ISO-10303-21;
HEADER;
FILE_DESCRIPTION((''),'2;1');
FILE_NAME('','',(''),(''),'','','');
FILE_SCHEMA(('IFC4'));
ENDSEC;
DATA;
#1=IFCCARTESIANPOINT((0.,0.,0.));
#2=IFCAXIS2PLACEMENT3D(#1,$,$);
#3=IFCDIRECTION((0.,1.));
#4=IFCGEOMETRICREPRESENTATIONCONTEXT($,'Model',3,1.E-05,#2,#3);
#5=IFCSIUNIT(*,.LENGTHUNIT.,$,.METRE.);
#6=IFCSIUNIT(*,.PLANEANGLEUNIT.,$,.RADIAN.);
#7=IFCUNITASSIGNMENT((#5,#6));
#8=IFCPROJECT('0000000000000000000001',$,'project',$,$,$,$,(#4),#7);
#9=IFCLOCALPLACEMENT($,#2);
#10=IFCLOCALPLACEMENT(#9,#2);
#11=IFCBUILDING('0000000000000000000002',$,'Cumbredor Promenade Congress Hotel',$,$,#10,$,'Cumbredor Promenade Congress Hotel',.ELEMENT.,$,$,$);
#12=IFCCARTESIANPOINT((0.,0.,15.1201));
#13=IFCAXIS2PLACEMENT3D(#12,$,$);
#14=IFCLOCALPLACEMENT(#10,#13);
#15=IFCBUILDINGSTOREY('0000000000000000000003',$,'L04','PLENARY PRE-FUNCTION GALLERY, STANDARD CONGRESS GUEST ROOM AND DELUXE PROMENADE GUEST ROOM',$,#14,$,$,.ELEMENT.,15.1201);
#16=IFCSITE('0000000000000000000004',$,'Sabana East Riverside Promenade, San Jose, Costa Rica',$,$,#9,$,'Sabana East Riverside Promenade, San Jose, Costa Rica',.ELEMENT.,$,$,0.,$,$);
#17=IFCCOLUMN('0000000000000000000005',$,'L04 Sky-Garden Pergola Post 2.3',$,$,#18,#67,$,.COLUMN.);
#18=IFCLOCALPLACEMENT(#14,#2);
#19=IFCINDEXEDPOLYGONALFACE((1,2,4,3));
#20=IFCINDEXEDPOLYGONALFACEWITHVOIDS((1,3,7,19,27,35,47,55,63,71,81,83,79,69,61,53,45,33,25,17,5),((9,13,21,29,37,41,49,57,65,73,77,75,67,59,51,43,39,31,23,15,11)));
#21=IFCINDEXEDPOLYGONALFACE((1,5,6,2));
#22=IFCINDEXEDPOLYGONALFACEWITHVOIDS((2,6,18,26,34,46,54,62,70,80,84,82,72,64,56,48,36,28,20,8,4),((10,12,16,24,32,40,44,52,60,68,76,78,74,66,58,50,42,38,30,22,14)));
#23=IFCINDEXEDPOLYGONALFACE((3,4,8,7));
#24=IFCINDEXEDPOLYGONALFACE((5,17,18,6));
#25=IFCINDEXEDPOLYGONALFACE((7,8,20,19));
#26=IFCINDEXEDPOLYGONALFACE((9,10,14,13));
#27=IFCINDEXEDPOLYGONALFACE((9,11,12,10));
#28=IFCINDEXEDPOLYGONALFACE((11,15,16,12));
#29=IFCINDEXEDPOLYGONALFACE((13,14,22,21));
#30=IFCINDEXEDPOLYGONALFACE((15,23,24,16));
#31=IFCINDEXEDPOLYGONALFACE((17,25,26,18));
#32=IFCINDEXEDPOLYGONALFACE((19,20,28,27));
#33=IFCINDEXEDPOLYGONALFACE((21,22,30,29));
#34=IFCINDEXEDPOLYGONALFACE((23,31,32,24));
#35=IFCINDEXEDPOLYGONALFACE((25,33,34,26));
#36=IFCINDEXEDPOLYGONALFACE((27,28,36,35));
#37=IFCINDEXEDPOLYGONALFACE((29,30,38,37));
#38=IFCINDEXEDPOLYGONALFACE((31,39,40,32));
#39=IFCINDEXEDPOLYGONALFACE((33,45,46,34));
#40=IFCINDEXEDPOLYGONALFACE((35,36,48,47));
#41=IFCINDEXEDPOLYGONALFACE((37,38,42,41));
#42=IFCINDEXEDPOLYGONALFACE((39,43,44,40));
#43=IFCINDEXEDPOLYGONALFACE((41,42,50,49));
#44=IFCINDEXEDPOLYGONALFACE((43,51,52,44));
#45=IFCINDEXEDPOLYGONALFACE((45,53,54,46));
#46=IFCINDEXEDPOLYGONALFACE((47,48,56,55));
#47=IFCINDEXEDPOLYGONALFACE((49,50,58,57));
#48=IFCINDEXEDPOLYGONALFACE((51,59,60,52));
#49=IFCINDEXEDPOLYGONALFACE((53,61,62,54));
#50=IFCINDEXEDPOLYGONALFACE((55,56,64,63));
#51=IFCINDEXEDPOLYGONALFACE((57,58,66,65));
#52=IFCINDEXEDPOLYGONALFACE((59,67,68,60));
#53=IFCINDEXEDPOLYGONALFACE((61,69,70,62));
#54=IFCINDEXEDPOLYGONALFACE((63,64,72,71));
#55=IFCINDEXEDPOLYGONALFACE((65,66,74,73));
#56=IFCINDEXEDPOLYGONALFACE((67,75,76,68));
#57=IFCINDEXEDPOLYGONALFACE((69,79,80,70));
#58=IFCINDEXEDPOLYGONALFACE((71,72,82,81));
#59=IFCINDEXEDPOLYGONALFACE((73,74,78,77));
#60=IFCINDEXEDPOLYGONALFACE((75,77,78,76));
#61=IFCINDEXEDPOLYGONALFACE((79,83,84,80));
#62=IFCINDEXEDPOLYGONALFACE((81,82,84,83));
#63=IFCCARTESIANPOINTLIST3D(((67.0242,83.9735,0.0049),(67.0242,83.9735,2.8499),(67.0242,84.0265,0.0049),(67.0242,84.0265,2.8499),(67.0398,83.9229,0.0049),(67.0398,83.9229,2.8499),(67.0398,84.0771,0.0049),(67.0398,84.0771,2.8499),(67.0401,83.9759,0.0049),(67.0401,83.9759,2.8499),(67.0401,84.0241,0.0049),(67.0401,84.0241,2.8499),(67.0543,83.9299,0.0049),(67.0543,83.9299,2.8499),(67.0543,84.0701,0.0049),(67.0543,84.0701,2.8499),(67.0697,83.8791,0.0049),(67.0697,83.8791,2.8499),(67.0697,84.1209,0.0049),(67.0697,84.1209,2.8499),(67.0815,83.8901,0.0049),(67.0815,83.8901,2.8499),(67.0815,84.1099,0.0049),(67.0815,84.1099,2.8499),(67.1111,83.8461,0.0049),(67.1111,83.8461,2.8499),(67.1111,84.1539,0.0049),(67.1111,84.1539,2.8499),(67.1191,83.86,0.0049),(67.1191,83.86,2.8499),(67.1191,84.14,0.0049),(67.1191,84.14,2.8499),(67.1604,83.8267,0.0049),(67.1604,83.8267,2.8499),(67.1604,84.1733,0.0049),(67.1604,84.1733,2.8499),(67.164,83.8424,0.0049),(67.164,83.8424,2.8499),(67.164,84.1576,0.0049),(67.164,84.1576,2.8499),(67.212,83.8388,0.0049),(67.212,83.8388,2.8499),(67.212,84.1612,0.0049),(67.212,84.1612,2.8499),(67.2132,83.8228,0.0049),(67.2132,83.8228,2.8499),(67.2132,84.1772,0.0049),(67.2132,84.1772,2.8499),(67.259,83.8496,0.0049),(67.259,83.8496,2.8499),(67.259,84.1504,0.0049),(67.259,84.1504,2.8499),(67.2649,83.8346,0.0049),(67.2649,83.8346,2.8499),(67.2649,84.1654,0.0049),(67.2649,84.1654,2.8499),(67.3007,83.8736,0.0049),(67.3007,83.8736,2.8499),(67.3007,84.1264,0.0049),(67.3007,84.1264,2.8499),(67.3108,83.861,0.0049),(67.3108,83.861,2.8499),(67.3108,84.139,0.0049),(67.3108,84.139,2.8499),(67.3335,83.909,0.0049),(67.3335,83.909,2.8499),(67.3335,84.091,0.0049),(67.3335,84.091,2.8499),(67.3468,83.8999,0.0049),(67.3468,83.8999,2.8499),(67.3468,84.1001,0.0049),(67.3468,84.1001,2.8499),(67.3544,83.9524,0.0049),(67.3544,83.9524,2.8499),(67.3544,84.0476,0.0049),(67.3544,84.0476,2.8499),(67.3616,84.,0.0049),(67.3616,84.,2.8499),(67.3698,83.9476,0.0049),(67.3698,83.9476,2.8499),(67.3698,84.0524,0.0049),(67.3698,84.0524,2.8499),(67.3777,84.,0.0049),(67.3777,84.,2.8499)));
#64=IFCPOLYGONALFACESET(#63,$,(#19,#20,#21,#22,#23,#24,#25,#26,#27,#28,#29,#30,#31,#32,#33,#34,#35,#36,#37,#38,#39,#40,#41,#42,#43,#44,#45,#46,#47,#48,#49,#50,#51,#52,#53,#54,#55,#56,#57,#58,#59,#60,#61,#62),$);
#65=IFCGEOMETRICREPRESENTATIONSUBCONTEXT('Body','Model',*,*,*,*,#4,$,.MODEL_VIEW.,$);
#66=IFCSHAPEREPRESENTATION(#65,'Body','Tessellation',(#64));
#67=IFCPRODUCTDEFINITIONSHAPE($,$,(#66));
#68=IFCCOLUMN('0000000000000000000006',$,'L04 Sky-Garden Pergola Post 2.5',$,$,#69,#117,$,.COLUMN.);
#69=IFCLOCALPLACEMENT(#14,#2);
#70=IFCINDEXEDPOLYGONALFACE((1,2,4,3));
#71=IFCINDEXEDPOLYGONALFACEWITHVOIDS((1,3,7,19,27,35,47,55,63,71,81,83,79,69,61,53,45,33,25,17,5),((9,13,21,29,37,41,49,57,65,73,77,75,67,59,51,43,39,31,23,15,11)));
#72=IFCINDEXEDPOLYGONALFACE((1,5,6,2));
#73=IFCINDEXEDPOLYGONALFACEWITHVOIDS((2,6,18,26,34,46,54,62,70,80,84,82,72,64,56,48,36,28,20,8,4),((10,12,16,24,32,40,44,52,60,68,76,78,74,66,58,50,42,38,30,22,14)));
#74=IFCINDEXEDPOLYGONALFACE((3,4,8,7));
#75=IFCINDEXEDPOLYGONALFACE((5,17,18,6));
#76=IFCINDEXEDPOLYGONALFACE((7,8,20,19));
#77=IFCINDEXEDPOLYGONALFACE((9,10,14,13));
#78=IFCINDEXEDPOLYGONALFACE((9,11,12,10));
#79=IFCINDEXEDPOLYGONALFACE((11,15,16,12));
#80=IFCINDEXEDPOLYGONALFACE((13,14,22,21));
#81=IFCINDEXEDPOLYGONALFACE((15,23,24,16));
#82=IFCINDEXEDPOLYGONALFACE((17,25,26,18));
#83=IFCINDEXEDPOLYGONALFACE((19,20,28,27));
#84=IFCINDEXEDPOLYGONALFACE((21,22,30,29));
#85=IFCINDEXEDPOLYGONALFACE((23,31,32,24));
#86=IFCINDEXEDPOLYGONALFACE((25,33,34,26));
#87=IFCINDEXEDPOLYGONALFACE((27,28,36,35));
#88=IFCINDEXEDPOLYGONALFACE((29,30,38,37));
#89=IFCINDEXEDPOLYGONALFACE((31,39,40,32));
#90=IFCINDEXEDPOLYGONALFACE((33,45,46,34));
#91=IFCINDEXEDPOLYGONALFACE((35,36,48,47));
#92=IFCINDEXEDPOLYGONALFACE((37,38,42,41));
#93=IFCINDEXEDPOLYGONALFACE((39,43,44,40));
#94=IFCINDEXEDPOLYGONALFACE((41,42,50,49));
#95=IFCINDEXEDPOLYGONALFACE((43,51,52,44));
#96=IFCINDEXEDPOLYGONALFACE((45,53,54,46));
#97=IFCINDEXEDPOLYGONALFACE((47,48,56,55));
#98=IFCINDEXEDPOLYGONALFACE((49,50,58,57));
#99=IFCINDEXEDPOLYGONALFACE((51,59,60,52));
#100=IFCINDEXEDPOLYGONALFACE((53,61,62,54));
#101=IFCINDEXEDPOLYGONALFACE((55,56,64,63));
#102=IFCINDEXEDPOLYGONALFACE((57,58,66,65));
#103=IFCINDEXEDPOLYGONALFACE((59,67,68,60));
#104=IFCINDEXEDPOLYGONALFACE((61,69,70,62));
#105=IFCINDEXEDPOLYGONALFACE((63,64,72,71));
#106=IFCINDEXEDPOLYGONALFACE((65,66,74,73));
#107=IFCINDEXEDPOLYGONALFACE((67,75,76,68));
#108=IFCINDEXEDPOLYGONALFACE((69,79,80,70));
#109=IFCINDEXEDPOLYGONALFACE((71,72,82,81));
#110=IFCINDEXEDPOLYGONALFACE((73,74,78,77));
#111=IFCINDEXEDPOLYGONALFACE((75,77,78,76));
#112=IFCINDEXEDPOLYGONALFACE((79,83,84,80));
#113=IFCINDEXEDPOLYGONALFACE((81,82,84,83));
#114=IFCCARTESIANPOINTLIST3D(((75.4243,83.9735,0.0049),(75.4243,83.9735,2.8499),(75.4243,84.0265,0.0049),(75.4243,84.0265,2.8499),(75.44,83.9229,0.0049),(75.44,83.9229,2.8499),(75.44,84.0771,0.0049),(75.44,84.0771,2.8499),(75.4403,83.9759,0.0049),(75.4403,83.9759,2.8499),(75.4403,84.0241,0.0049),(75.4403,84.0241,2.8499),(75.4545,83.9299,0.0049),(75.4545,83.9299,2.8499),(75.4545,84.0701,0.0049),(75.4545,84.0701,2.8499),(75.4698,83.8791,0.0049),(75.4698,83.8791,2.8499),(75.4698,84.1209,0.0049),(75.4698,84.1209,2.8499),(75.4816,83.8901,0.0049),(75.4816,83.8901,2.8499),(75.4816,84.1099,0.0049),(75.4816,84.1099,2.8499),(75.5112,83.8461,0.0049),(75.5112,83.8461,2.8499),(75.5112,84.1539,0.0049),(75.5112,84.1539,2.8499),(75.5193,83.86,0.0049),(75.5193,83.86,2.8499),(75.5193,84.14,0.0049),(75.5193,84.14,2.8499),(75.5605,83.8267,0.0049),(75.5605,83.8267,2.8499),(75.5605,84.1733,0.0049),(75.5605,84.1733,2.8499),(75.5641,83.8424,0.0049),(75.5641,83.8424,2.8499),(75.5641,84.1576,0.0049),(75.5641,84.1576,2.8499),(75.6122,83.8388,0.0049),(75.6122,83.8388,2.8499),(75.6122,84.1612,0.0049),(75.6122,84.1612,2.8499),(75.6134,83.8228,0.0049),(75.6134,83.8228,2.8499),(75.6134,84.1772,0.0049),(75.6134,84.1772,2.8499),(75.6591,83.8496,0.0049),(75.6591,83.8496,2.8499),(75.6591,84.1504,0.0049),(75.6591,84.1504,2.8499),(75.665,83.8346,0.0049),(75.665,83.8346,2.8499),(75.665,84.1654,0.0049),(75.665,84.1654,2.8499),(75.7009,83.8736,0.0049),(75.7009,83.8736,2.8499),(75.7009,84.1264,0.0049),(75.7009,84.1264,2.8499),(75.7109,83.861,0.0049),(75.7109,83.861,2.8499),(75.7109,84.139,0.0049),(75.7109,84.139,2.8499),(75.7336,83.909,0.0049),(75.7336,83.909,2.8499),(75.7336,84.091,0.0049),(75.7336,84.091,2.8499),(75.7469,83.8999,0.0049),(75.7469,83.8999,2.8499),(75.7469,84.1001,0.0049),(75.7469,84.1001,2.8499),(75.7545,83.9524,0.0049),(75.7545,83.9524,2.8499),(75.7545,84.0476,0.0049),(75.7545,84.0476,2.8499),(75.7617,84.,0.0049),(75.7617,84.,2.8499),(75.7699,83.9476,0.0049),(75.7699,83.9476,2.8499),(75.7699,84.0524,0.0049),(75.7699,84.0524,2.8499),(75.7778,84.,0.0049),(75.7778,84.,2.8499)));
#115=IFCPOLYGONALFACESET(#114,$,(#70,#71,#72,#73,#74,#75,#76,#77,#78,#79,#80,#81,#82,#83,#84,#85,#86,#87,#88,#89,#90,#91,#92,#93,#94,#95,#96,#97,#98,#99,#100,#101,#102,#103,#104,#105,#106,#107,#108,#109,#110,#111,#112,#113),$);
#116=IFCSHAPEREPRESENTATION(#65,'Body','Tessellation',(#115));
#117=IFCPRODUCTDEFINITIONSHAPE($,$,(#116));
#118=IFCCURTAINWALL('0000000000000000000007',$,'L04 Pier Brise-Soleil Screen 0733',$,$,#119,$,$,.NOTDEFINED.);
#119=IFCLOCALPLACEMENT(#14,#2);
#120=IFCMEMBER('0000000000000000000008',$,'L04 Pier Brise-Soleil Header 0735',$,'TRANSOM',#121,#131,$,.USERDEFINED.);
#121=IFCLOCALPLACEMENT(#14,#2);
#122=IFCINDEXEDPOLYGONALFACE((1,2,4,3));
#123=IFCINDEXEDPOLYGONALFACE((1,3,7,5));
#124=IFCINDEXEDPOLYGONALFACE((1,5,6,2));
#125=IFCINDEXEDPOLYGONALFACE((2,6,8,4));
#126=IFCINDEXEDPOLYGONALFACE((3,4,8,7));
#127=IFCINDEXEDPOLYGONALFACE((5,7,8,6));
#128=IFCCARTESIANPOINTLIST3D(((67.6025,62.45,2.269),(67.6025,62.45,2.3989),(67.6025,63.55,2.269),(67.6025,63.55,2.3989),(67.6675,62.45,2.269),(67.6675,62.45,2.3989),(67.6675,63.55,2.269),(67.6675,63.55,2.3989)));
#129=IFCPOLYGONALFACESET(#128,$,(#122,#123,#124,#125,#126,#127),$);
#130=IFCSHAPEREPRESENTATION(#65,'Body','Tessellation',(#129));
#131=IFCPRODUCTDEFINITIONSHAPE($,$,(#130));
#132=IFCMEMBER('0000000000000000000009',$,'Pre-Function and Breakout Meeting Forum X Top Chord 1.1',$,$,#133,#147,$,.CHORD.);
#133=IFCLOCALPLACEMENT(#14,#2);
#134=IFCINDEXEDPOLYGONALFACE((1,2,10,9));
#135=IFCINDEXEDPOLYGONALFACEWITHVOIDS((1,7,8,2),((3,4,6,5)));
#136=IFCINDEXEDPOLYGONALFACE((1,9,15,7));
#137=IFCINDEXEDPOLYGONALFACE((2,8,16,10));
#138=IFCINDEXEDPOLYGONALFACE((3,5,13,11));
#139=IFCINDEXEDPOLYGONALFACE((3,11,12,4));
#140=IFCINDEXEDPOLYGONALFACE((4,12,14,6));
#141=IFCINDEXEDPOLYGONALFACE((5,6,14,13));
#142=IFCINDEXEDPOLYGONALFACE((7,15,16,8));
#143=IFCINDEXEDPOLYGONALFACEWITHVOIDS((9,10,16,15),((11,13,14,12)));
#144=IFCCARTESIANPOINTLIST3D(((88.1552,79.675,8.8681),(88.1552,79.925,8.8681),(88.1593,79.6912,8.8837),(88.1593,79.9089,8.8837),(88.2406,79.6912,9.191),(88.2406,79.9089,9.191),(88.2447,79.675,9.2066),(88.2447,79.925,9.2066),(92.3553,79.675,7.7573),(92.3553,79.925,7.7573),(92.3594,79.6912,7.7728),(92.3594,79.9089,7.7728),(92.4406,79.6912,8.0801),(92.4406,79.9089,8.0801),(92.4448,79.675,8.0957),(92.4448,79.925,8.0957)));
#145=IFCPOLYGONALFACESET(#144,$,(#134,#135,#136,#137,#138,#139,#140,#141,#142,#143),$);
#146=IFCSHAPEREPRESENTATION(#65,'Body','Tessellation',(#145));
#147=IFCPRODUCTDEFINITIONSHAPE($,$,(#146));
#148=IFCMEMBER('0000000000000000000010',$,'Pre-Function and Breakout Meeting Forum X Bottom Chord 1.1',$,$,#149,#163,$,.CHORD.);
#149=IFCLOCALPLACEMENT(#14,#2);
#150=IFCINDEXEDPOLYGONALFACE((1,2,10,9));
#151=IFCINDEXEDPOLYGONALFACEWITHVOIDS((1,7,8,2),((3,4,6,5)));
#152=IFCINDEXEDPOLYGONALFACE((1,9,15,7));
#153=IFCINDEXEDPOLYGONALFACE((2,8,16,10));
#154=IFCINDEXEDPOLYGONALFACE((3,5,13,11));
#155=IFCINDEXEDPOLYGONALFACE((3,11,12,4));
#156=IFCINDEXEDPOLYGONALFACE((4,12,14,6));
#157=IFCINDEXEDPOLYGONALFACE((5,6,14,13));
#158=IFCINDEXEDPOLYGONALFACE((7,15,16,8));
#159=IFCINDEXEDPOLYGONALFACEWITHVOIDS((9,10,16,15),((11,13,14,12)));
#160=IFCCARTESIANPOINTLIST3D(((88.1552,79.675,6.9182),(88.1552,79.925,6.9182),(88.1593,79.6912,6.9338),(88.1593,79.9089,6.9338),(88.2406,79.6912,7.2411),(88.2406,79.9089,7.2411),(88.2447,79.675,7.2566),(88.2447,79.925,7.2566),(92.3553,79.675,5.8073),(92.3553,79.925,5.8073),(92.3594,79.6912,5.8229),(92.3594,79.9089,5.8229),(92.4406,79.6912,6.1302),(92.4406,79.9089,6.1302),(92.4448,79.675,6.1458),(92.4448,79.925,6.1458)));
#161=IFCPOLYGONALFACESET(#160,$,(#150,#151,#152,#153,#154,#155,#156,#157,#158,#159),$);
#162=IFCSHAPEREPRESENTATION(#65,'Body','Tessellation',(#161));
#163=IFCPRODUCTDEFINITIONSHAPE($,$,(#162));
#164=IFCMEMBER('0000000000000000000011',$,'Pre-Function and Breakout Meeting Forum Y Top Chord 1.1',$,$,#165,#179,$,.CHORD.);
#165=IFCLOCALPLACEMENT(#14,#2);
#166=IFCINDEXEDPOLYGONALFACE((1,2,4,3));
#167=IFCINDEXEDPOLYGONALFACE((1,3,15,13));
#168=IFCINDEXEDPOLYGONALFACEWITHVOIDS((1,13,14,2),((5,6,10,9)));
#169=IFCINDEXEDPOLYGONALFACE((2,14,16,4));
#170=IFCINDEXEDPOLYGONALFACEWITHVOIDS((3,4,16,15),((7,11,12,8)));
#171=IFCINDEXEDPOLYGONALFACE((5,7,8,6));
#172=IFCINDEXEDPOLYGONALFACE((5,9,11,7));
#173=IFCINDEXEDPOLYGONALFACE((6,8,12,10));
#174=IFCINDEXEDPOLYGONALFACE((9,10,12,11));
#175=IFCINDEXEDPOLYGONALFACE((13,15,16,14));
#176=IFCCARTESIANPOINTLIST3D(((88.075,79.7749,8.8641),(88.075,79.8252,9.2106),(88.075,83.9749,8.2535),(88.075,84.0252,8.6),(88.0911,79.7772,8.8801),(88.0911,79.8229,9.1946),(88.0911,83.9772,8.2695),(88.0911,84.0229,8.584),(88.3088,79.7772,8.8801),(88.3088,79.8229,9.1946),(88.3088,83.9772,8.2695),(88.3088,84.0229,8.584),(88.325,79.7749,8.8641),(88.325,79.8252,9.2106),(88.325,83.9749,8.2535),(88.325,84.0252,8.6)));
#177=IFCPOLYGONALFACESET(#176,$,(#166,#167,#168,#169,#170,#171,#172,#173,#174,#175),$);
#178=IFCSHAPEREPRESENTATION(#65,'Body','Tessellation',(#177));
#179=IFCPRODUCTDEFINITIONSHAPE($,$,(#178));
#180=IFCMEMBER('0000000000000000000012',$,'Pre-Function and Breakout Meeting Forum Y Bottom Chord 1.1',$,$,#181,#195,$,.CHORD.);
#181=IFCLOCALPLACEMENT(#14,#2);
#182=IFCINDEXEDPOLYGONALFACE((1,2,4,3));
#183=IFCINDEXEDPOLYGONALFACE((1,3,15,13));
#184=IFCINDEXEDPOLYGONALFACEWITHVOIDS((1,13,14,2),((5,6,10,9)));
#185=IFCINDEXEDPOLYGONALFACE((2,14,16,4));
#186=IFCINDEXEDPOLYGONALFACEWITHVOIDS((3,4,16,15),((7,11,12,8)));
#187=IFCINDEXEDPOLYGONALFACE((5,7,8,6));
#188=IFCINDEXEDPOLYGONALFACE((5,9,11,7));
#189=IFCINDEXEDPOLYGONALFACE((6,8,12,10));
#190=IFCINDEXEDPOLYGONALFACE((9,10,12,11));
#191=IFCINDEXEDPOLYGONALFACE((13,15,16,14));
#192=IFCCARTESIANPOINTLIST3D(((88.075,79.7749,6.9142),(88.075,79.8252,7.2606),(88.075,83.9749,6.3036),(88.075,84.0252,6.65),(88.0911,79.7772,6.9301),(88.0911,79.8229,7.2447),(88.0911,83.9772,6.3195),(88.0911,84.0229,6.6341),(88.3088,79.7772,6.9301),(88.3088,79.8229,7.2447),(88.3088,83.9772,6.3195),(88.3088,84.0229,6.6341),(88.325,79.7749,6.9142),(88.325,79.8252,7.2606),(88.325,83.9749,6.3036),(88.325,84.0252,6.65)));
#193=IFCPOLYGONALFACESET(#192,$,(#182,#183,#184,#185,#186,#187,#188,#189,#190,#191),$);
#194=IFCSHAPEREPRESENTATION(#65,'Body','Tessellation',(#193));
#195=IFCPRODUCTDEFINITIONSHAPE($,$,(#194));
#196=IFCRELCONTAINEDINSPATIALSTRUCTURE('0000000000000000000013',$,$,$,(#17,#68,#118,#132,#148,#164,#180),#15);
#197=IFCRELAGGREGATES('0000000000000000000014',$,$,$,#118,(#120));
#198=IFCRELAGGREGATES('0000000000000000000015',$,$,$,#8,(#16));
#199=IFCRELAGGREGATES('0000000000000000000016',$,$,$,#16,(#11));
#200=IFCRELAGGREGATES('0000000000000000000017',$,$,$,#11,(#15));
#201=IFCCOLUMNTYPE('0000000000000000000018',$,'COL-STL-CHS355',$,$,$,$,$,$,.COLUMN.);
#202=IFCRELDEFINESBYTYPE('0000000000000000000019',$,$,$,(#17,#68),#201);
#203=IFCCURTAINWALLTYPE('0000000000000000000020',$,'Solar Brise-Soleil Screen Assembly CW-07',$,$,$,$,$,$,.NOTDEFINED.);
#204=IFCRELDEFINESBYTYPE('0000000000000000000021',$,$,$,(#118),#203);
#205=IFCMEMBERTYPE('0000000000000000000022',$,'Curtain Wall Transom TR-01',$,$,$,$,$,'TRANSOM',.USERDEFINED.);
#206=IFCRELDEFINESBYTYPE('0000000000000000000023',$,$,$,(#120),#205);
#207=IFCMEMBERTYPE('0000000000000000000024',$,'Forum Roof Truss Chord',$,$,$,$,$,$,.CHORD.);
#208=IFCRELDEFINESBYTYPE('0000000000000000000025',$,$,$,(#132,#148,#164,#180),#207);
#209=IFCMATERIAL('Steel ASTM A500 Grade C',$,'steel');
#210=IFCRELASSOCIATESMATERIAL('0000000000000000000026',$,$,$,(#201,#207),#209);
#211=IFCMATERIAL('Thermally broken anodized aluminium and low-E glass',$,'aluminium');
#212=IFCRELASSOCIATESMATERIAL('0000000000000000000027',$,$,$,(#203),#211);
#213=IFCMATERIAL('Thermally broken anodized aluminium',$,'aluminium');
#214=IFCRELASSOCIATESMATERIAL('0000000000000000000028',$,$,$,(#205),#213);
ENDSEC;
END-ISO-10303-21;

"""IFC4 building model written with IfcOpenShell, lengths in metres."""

from ifc_helpers import new_model, si_unit, direction, frame, origin, origin_2d, place, context, subcontext, project, spatial, rectangle, hollow_rectangle, hollow_circle, extrude, material, material_profile, profile_set, type_object, element, aggregate, save


model = new_model("IFC4")

# Units and contexts
model_context = context("Model", 3, precision=1e-05, world=origin(), true_north=direction((0.0, 1.0)))
body_context = subcontext(model_context, "Body", "Model", "MODEL_VIEW")
ifc_project = project(units=[si_unit("LENGTHUNIT", "METRE"), si_unit("PLANEANGLEUNIT", "RADIAN")], contexts=[model_context])

# Site, building, storey
site_placement = place(None, origin())
site = spatial("IfcSite", under=ifc_project, at=site_placement, Name="Sabana East Riverside Promenade, San Jose, Costa Rica", LongName="Sabana East Riverside Promenade, San Jose, Costa Rica", CompositionType="ELEMENT", RefElevation=0.0)
building_placement = place(site_placement, origin())
building = spatial("IfcBuilding", under=site, at=building_placement, Name="Cumbredor Promenade Congress Hotel", LongName="Cumbredor Promenade Congress Hotel", CompositionType="ELEMENT")
storey_placement = place(building_placement, frame((0.0, 0.0, 15.1201)))
storey = spatial("IfcBuildingStorey", under=building, at=storey_placement, Name="L04", Description="PLENARY PRE-FUNCTION GALLERY, STANDARD CONGRESS GUEST ROOM AND DELUXE PROMENADE GUEST ROOM", CompositionType="ELEMENT", Elevation=15.1201)

# Columns
ifc_material_1 = material(Name="Steel ASTM A500 Grade C", Category="steel")
ifc_material_profile_1 = material_profile(ifc_material_1, hollow_circle(Radius=0.1777, WallThickness=0.0161, at=origin_2d()), Name="CHS 355.6x16")
ifc_profile_set_1 = profile_set([ifc_material_profile_1], Name="Steel ASTM A500 Grade C")
column_type = type_object("IfcColumnType", Name="COL-STL-CHS355", PredefinedType="COLUMN", material=ifc_profile_set_1)
for number, where, z_axis, x_axis, name in (
    (1, (67.2, 84.0, 0.0049), (0.0, 0.0, 1.0), (1.0, 0.0, 0.0), "L04 Sky-Garden Pergola Post 2.3"),
    (2, (75.6001, 84.0, 0.0049), (0.0, 0.0, 1.0), (1.0, 0.0, 0.0), "L04 Sky-Garden Pergola Post 2.5"),
):
    element("IfcColumn", number, at=place(storey_placement, frame(where, z_axis=z_axis, x_axis=x_axis)), inside=storey, type_object=column_type, Name=name, PredefinedType="COLUMN", context=body_context, shape_type="SweptSolid", body=[
        extrude(hollow_circle(Radius=0.1777, WallThickness=0.0161, at=origin_2d()), origin(), (0.0, 0.0, 1.0), 2.845),
    ])

# Curtain wall, member
ifc_material_2 = material(Name="Thermally broken anodized aluminium and low-E glass", Category="aluminium")
curtain_wall_type = type_object("IfcCurtainWallType", Name="Solar Brise-Soleil Screen Assembly CW-07", PredefinedType="NOTDEFINED", material=ifc_material_2)
curtain_wall_placement = place(storey_placement, origin())
curtain_wall = element("IfcCurtainWall", 3, at=curtain_wall_placement, inside=storey, type_object=curtain_wall_type, Name="L04 Pier Brise-Soleil Screen 0733", PredefinedType="NOTDEFINED")
ifc_material_3 = material(Name="Thermally broken anodized aluminium", Category="aluminium")
ifc_material_profile_2 = material_profile(ifc_material_3, rectangle(XDim=0.0649, YDim=0.1299, at=origin_2d()), Name="ALU TRANSOM 65x130")
ifc_profile_set_2 = profile_set([ifc_material_profile_2], Name="Thermally broken anodized aluminium")
member_type_1 = type_object("IfcMemberType", Name="Curtain Wall Transom TR-01", ElementType="TRANSOM", PredefinedType="USERDEFINED", material=ifc_profile_set_2)
member_1_placement = place(storey_placement, frame((67.635, 62.45, 2.334), z_axis=(0.0, 1.0, 0.0), x_axis=(-1.0, 0.0, 0.0)))
member_1 = element("IfcMember", 4, at=member_1_placement, type_object=member_type_1, Name="L04 Pier Brise-Soleil Header 0735", ObjectType="TRANSOM", PredefinedType="USERDEFINED", context=body_context, shape_type="SweptSolid", body=[
    extrude(rectangle(XDim=0.0649, YDim=0.1299, at=origin_2d()), origin(), (0.0, 0.0, 1.0), 1.1001),
])

# Members
ifc_material_profile_3 = material_profile(ifc_material_1, hollow_rectangle(XDim=0.25, YDim=0.3501, WallThickness=0.0161, at=origin_2d()), Name="HSS 350x250x16")
ifc_profile_set_3 = profile_set([ifc_material_profile_3], Name="Steel ASTM A500 Grade C")
member_type_2 = type_object("IfcMemberType", Name="Forum Roof Truss Chord", PredefinedType="CHORD", material=ifc_profile_set_3)
for number, where, z_axis, x_axis, name in (
    (5, (88.2, 79.8, 9.0374), (0.966757, 0.0, -0.255696), (0.0, 1.0, 0.0), "Pre-Function and Breakout Meeting Forum X Top Chord 1.1"),
    (6, (88.2, 79.8, 7.0874), (0.966757, 0.0, -0.255696), (0.0, 1.0, 0.0), "Pre-Function and Breakout Meeting Forum X Bottom Chord 1.1"),
):
    element("IfcMember", number, at=place(storey_placement, frame(where, z_axis=z_axis, x_axis=x_axis)), inside=storey, type_object=member_type_2, Name=name, PredefinedType="CHORD", context=body_context, shape_type="SweptSolid", body=[
        extrude(hollow_rectangle(XDim=0.25, YDim=0.3501, WallThickness=0.0161, at=origin_2d()), origin(), (0.0, 0.0, 1.0), 4.3445),
    ])
for number, where, z_axis, x_axis, name in (
    (7, (88.2, 79.8, 9.0374), (0.0, 0.989597, -0.143869), (-1.0, 0.0, 0.0), "Pre-Function and Breakout Meeting Forum Y Top Chord 1.1"),
    (8, (88.2, 79.8, 7.0874), (0.0, 0.989597, -0.143869), (-1.0, 0.0, 0.0), "Pre-Function and Breakout Meeting Forum Y Bottom Chord 1.1"),
):
    element("IfcMember", number, at=place(storey_placement, frame(where, z_axis=z_axis, x_axis=x_axis)), inside=storey, type_object=member_type_2, Name=name, PredefinedType="CHORD", context=body_context, shape_type="SweptSolid", body=[
        extrude(hollow_rectangle(XDim=0.25, YDim=0.3501, WallThickness=0.0161, at=origin_2d()), origin(), (0.0, 0.0, 1.0), 4.2441),
    ])

aggregate(curtain_wall, [member_1])

save(model, "model.ifc")
